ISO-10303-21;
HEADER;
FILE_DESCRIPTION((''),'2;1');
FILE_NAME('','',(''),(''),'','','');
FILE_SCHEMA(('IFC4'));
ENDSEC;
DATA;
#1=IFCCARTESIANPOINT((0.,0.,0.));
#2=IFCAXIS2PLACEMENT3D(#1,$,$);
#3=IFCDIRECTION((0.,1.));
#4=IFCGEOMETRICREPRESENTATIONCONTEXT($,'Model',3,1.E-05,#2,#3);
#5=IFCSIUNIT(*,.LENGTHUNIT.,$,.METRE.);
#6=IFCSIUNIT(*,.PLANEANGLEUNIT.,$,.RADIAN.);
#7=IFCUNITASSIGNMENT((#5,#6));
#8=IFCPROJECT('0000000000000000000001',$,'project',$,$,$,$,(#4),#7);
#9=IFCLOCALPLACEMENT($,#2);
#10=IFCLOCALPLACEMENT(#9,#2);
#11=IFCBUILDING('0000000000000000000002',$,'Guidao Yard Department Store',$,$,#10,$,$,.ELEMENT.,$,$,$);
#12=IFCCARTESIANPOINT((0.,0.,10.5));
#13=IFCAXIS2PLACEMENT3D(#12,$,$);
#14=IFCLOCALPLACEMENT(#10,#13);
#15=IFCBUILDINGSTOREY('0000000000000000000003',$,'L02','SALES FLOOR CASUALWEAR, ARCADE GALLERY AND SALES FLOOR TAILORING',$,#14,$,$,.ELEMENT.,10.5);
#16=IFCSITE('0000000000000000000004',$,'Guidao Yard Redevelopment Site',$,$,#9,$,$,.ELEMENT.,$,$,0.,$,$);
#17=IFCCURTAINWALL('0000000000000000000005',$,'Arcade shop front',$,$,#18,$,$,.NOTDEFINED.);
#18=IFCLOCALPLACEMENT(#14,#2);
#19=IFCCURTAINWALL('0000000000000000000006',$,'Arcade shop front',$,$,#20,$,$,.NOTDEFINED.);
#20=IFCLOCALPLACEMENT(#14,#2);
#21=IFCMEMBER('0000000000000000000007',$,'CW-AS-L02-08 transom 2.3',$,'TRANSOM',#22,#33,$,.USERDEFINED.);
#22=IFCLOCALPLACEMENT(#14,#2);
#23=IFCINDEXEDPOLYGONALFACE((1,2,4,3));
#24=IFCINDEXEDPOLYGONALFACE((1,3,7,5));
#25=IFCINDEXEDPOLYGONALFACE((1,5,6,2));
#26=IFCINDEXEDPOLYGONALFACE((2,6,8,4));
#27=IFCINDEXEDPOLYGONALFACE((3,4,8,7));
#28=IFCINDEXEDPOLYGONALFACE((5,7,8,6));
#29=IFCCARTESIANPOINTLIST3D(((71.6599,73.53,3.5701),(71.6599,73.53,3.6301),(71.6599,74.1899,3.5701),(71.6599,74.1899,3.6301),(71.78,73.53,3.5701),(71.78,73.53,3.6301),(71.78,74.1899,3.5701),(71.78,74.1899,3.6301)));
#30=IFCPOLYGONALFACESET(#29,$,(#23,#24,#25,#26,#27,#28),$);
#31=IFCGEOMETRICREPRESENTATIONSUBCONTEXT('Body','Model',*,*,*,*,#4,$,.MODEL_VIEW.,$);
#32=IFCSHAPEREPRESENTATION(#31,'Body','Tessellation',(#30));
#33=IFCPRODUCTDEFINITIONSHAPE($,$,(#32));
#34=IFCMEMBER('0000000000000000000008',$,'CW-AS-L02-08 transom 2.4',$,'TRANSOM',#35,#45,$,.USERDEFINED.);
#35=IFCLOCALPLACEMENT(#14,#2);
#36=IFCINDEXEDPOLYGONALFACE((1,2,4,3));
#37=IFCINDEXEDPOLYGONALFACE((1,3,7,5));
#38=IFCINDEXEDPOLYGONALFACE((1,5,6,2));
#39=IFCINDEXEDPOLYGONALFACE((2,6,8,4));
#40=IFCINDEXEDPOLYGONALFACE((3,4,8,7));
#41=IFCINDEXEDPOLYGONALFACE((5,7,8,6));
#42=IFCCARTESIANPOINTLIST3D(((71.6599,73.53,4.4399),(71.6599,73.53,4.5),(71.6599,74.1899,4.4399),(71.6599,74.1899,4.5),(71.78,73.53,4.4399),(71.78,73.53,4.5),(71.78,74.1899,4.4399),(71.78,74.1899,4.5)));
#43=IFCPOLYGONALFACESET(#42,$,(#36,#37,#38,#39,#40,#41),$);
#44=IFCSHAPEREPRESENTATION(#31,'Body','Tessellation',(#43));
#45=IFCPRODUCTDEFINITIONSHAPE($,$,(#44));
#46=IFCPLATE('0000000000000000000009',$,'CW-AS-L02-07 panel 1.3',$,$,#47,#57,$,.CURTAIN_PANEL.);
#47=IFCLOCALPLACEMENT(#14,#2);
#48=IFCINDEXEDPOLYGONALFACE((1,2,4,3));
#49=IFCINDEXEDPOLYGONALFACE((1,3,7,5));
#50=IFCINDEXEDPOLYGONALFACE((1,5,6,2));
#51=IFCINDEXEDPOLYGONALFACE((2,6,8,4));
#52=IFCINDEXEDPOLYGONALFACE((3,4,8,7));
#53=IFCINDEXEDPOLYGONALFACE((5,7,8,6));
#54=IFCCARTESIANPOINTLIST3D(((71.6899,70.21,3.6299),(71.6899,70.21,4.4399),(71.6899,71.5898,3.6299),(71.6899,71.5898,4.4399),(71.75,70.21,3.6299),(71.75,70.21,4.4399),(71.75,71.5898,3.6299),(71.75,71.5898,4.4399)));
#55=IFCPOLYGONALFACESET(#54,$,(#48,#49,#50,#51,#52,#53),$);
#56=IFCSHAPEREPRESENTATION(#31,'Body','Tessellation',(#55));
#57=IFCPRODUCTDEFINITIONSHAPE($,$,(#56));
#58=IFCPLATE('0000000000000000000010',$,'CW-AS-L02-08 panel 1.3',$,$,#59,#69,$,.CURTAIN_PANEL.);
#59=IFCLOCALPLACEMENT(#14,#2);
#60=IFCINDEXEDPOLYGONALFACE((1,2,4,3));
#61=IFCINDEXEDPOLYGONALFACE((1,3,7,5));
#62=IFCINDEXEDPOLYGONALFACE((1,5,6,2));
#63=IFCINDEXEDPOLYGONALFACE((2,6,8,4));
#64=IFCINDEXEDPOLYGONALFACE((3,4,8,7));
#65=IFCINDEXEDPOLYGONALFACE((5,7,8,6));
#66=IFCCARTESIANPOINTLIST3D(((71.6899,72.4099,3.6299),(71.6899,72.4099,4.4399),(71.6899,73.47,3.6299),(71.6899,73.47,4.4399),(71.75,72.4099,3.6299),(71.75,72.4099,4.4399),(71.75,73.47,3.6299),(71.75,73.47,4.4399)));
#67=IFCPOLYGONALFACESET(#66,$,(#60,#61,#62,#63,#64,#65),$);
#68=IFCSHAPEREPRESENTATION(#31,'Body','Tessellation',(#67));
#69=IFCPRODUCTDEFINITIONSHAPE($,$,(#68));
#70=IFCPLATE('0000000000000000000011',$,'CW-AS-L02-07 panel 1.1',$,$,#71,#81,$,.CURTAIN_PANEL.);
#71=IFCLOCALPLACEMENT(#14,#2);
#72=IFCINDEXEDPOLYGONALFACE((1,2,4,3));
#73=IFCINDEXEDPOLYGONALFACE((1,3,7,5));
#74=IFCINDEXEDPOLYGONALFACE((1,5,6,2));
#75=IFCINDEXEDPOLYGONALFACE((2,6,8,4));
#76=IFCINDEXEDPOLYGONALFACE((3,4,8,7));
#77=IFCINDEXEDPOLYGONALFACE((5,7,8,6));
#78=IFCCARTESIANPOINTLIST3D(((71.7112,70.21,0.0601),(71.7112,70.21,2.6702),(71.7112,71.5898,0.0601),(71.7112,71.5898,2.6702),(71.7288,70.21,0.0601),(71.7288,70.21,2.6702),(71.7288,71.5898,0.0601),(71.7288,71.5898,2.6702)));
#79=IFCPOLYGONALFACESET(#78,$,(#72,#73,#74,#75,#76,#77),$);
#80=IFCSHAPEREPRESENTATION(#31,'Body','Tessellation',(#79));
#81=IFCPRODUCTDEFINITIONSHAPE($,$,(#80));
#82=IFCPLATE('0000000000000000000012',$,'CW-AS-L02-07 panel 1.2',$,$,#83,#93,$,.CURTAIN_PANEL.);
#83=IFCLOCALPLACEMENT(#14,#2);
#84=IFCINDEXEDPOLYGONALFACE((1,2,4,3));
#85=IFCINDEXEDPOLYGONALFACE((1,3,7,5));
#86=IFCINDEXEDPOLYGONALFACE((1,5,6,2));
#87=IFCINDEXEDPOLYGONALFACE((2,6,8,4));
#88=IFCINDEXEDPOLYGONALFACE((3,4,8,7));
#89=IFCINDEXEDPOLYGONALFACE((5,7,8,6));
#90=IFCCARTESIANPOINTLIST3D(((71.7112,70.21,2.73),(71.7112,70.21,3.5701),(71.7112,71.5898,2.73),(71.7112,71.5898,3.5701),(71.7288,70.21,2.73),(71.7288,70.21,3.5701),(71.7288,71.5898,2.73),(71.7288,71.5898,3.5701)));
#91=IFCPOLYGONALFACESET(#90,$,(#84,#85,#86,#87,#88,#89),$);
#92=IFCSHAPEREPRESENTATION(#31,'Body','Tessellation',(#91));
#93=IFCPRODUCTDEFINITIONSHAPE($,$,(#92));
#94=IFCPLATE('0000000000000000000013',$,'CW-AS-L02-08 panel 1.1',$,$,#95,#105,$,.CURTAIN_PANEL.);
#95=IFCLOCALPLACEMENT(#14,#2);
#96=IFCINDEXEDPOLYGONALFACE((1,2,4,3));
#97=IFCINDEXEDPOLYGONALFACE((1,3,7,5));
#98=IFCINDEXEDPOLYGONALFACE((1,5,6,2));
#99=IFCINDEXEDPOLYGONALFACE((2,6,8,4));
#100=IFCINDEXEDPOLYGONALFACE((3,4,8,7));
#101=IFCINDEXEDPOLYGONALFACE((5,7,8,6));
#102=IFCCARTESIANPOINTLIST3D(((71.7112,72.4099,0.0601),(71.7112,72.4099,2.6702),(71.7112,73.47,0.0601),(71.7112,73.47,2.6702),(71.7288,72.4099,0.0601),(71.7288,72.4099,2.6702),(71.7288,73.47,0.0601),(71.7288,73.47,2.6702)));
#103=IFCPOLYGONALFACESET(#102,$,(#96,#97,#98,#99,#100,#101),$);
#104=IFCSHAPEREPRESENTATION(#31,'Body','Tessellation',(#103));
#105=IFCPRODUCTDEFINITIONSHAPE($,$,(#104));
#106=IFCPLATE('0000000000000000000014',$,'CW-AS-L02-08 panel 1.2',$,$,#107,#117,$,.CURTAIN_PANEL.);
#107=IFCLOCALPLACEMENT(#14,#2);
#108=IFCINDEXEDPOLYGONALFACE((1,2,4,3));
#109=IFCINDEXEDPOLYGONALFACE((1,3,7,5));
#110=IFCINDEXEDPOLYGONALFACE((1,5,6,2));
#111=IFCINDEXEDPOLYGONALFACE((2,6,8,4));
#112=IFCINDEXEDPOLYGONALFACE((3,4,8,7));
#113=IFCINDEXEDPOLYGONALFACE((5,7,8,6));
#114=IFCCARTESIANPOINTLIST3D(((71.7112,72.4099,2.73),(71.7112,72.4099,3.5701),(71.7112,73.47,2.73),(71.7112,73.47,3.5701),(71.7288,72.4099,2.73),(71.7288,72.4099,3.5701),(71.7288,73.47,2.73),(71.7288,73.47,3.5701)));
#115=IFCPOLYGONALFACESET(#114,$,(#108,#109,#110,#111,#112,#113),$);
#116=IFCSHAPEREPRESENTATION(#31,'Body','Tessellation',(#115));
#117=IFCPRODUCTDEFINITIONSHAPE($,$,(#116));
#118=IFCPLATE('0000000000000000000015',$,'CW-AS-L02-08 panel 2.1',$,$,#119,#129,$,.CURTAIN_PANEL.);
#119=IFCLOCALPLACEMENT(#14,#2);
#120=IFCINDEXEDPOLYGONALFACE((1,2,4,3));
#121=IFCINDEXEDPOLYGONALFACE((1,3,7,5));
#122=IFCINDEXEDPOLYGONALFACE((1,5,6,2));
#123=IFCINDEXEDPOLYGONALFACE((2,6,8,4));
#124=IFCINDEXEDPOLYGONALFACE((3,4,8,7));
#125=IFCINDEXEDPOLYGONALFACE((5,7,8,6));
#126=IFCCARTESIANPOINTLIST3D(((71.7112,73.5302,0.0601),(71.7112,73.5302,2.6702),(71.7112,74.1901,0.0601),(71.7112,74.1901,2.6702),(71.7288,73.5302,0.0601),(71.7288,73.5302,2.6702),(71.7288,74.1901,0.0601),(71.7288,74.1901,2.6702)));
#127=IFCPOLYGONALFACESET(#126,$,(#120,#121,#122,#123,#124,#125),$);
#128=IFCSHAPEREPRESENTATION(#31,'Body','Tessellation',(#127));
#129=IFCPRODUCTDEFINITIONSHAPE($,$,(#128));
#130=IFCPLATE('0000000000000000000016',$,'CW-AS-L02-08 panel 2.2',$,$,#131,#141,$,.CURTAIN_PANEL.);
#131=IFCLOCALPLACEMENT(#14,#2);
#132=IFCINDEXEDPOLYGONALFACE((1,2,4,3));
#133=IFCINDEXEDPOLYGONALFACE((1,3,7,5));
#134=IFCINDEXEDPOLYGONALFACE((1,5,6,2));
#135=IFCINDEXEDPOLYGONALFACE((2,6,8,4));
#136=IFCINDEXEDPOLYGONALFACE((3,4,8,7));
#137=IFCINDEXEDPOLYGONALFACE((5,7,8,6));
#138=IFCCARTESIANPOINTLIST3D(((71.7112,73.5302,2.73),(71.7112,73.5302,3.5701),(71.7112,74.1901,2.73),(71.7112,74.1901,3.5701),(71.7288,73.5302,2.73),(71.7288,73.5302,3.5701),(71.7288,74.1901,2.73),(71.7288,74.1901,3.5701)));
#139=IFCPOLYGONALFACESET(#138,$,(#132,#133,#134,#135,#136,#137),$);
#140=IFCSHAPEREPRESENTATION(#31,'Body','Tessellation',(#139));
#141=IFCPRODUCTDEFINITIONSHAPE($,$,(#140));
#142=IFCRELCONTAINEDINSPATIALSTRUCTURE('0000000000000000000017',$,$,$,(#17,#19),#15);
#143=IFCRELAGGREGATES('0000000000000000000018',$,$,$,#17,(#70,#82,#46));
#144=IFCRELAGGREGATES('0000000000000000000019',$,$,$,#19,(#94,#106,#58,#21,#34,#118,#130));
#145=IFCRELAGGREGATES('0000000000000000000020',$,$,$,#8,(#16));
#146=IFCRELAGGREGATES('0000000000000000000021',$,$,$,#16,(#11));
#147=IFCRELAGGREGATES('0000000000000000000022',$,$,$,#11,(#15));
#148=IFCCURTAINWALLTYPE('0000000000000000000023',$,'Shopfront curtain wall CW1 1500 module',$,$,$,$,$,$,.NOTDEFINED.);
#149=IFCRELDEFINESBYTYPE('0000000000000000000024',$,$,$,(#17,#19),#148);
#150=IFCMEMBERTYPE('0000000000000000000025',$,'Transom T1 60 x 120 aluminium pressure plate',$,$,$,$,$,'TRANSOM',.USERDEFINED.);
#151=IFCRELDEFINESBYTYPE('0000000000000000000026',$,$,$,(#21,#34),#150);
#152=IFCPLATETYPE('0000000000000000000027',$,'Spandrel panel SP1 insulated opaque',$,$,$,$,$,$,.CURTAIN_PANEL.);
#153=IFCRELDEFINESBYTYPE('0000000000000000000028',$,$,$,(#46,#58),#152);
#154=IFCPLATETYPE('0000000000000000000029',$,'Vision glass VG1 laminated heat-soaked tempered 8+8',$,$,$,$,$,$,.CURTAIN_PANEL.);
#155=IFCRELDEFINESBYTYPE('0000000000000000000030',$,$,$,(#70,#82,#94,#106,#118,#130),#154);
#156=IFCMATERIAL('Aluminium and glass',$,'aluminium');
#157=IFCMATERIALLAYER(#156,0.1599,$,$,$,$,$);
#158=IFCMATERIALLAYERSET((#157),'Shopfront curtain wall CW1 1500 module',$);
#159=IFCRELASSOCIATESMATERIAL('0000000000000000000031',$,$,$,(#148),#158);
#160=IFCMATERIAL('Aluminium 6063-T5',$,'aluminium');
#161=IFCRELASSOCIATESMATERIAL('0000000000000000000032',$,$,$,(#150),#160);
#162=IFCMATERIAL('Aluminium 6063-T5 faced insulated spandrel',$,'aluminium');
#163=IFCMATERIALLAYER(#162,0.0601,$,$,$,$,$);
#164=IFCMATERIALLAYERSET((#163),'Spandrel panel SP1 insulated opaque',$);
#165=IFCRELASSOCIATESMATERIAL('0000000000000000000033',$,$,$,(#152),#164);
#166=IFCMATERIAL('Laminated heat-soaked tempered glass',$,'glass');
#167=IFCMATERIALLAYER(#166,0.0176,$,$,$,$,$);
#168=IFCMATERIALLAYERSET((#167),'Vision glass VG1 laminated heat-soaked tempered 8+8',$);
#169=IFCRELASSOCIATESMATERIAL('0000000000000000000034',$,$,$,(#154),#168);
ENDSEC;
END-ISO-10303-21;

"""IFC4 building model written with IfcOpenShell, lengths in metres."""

from ifc_helpers import new_model, si_unit, direction, frame, origin, origin_2d, place, context, subcontext, project, spatial, rectangle, extrude, material, layer, layer_set, material_profile, profile_set, type_object, element, aggregate, save


model = new_model("IFC4")

# Units and contexts
model_context = context("Model", 3, precision=1e-05, world=origin(), true_north=direction((0.0, 1.0)))
body_context = subcontext(model_context, "Body", "Model", "MODEL_VIEW")
ifc_project = project(units=[si_unit("LENGTHUNIT", "METRE"), si_unit("PLANEANGLEUNIT", "RADIAN")], contexts=[model_context])

# Site, building, storey
site_placement = place(None, origin())
site = spatial("IfcSite", under=ifc_project, at=site_placement, Name="Guidao Yard Redevelopment Site", CompositionType="ELEMENT", RefElevation=0.0)
building_placement = place(site_placement, origin())
building = spatial("IfcBuilding", under=site, at=building_placement, Name="Guidao Yard Department Store", CompositionType="ELEMENT")
storey_placement = place(building_placement, frame((0.0, 0.0, 10.5)))
storey = spatial("IfcBuildingStorey", under=building, at=storey_placement, Name="L02", Description="SALES FLOOR CASUALWEAR, ARCADE GALLERY AND SALES FLOOR TAILORING", CompositionType="ELEMENT", Elevation=10.5)

# Shared definitions
ifc_material_1 = material(Name="Aluminium and glass", Category="aluminium")
ifc_layer_1 = layer(ifc_material_1, 0.1599)
ifc_layer_set_1 = layer_set([ifc_layer_1], Name="Shopfront curtain wall CW1 1500 module")
curtain_wall_type = type_object("IfcCurtainWallType", Name="Shopfront curtain wall CW1 1500 module", PredefinedType="NOTDEFINED", material=ifc_layer_set_1)

# Curtain walls
curtain_wall_1_placement = place(storey_placement, origin())
curtain_wall_1 = element("IfcCurtainWall", 1, at=curtain_wall_1_placement, inside=storey, type_object=curtain_wall_type, Name="Arcade shop front", PredefinedType="NOTDEFINED")
curtain_wall_2_placement = place(storey_placement, origin())
curtain_wall_2 = element("IfcCurtainWall", 2, at=curtain_wall_2_placement, inside=storey, type_object=curtain_wall_type, Name="Arcade shop front", PredefinedType="NOTDEFINED")

# Members
ifc_material_2 = material(Name="Aluminium 6063-T5", Category="aluminium")
ifc_material_profile_1 = material_profile(ifc_material_2, rectangle(XDim=0.1201, YDim=0.0601, at=origin_2d()), Name="Transom T1 60 x 120 aluminium pressure plate")
ifc_profile_set_1 = profile_set([ifc_material_profile_1], Name="Aluminium 6063-T5")
member_type_1 = type_object("IfcMemberType", Name="Transom T1 60 x 120 aluminium pressure plate", ElementType="TRANSOM", PredefinedType="USERDEFINED", material=ifc_profile_set_1)
member_1_placement = place(storey_placement, frame((71.72, 73.53, 3.6001), z_axis=(0.0, 1.0, 0.0), x_axis=(-1.0, 0.0, 0.0)))
member_1 = element("IfcMember", 3, at=member_1_placement, type_object=member_type_1, Name="CW-AS-L02-08 transom 2.3", ObjectType="TRANSOM", PredefinedType="USERDEFINED", context=body_context, shape_type="SweptSolid", body=[
    extrude(rectangle(XDim=0.1201, YDim=0.0601, at=origin_2d()), origin(), (0.0, 0.0, 1.0), 0.6599),
])
member_2_placement = place(storey_placement, frame((71.72, 73.53, 4.47), z_axis=(0.0, 1.0, 0.0), x_axis=(-1.0, 0.0, 0.0)))
member_2 = element("IfcMember", 4, at=member_2_placement, type_object=member_type_1, Name="CW-AS-L02-08 transom 2.4", ObjectType="TRANSOM", PredefinedType="USERDEFINED", context=body_context, shape_type="SweptSolid", body=[
    extrude(rectangle(XDim=0.1201, YDim=0.0601, at=origin_2d()), origin(), (0.0, 0.0, 1.0), 0.6599),
])

# Plates
ifc_material_3 = material(Name="Aluminium 6063-T5 faced insulated spandrel", Category="aluminium")
ifc_layer_2 = layer(ifc_material_3, 0.0601)
ifc_layer_set_2 = layer_set([ifc_layer_2], Name="Spandrel panel SP1 insulated opaque")
plate_type_1 = type_object("IfcPlateType", Name="Spandrel panel SP1 insulated opaque", PredefinedType="CURTAIN_PANEL", material=ifc_layer_set_2)
plate_1_placement = place(storey_placement, frame((71.72, 70.8999, 3.6299), z_axis=(0.0, 0.0, 1.0), x_axis=(0.0, 1.0, 0.0)))
plate_1 = element("IfcPlate", 5, at=plate_1_placement, type_object=plate_type_1, Name="CW-AS-L02-07 panel 1.3", PredefinedType="CURTAIN_PANEL", context=body_context, shape_type="SweptSolid", body=[
    extrude(rectangle(XDim=1.3799, YDim=0.0601, at=origin_2d()), origin(), (0.0, 0.0, 1.0), 0.8101),
])
plate_2_placement = place(storey_placement, frame((71.72, 72.9399, 3.6299), z_axis=(0.0, 0.0, 1.0), x_axis=(0.0, 1.0, 0.0)))
plate_2 = element("IfcPlate", 6, at=plate_2_placement, type_object=plate_type_1, Name="CW-AS-L02-08 panel 1.3", PredefinedType="CURTAIN_PANEL", context=body_context, shape_type="SweptSolid", body=[
    extrude(rectangle(XDim=1.0601, YDim=0.0601, at=origin_2d()), origin(), (0.0, 0.0, 1.0), 0.8101),
])
ifc_material_4 = material(Name="Laminated heat-soaked tempered glass", Category="glass")
ifc_layer_3 = layer(ifc_material_4, 0.0176)
ifc_layer_set_3 = layer_set([ifc_layer_3], Name="Vision glass VG1 laminated heat-soaked tempered 8+8")
plate_type_2 = type_object("IfcPlateType", Name="Vision glass VG1 laminated heat-soaked tempered 8+8", PredefinedType="CURTAIN_PANEL", material=ifc_layer_set_3)
plate_3_placement = place(storey_placement, frame((71.72, 70.8999, 0.0601), z_axis=(0.0, 0.0, 1.0), x_axis=(0.0, 1.0, 0.0)))
plate_3 = element("IfcPlate", 7, at=plate_3_placement, type_object=plate_type_2, Name="CW-AS-L02-07 panel 1.1", PredefinedType="CURTAIN_PANEL", context=body_context, shape_type="SweptSolid", body=[
    extrude(rectangle(XDim=1.3799, YDim=0.0176, at=origin_2d()), origin(), (0.0, 0.0, 1.0), 2.6101),
])
plate_4_placement = place(storey_placement, frame((71.72, 70.8999, 2.73), z_axis=(0.0, 0.0, 1.0), x_axis=(0.0, 1.0, 0.0)))
plate_4 = element("IfcPlate", 8, at=plate_4_placement, type_object=plate_type_2, Name="CW-AS-L02-07 panel 1.2", PredefinedType="CURTAIN_PANEL", context=body_context, shape_type="SweptSolid", body=[
    extrude(rectangle(XDim=1.3799, YDim=0.0176, at=origin_2d()), origin(), (0.0, 0.0, 1.0), 0.8401),
])
aggregate(curtain_wall_1, [plate_3, plate_4, plate_1])
plate_5_placement = place(storey_placement, frame((71.72, 72.9399, 0.0601), z_axis=(0.0, 0.0, 1.0), x_axis=(0.0, 1.0, 0.0)))
plate_5 = element("IfcPlate", 9, at=plate_5_placement, type_object=plate_type_2, Name="CW-AS-L02-08 panel 1.1", PredefinedType="CURTAIN_PANEL", context=body_context, shape_type="SweptSolid", body=[
    extrude(rectangle(XDim=1.0601, YDim=0.0176, at=origin_2d()), origin(), (0.0, 0.0, 1.0), 2.6101),
])
plate_6_placement = place(storey_placement, frame((71.72, 72.9399, 2.73), z_axis=(0.0, 0.0, 1.0), x_axis=(0.0, 1.0, 0.0)))
plate_6 = element("IfcPlate", 10, at=plate_6_placement, type_object=plate_type_2, Name="CW-AS-L02-08 panel 1.2", PredefinedType="CURTAIN_PANEL", context=body_context, shape_type="SweptSolid", body=[
    extrude(rectangle(XDim=1.0601, YDim=0.0176, at=origin_2d()), origin(), (0.0, 0.0, 1.0), 0.8401),
])
plate_7_placement = place(storey_placement, frame((71.72, 73.8601, 0.0601), z_axis=(0.0, 0.0, 1.0), x_axis=(0.0, 1.0, 0.0)))
plate_7 = element("IfcPlate", 11, at=plate_7_placement, type_object=plate_type_2, Name="CW-AS-L02-08 panel 2.1", PredefinedType="CURTAIN_PANEL", context=body_context, shape_type="SweptSolid", body=[
    extrude(rectangle(XDim=0.6599, YDim=0.0176, at=origin_2d()), origin(), (0.0, 0.0, 1.0), 2.6101),
])
plate_8_placement = place(storey_placement, frame((71.72, 73.8601, 2.73), z_axis=(0.0, 0.0, 1.0), x_axis=(0.0, 1.0, 0.0)))
plate_8 = element("IfcPlate", 12, at=plate_8_placement, type_object=plate_type_2, Name="CW-AS-L02-08 panel 2.2", PredefinedType="CURTAIN_PANEL", context=body_context, shape_type="SweptSolid", body=[
    extrude(rectangle(XDim=0.6599, YDim=0.0176, at=origin_2d()), origin(), (0.0, 0.0, 1.0), 0.8401),
])
aggregate(curtain_wall_2, [plate_5, plate_6, plate_2, member_1, member_2, plate_7, plate_8])

save(model, "model.ifc")
